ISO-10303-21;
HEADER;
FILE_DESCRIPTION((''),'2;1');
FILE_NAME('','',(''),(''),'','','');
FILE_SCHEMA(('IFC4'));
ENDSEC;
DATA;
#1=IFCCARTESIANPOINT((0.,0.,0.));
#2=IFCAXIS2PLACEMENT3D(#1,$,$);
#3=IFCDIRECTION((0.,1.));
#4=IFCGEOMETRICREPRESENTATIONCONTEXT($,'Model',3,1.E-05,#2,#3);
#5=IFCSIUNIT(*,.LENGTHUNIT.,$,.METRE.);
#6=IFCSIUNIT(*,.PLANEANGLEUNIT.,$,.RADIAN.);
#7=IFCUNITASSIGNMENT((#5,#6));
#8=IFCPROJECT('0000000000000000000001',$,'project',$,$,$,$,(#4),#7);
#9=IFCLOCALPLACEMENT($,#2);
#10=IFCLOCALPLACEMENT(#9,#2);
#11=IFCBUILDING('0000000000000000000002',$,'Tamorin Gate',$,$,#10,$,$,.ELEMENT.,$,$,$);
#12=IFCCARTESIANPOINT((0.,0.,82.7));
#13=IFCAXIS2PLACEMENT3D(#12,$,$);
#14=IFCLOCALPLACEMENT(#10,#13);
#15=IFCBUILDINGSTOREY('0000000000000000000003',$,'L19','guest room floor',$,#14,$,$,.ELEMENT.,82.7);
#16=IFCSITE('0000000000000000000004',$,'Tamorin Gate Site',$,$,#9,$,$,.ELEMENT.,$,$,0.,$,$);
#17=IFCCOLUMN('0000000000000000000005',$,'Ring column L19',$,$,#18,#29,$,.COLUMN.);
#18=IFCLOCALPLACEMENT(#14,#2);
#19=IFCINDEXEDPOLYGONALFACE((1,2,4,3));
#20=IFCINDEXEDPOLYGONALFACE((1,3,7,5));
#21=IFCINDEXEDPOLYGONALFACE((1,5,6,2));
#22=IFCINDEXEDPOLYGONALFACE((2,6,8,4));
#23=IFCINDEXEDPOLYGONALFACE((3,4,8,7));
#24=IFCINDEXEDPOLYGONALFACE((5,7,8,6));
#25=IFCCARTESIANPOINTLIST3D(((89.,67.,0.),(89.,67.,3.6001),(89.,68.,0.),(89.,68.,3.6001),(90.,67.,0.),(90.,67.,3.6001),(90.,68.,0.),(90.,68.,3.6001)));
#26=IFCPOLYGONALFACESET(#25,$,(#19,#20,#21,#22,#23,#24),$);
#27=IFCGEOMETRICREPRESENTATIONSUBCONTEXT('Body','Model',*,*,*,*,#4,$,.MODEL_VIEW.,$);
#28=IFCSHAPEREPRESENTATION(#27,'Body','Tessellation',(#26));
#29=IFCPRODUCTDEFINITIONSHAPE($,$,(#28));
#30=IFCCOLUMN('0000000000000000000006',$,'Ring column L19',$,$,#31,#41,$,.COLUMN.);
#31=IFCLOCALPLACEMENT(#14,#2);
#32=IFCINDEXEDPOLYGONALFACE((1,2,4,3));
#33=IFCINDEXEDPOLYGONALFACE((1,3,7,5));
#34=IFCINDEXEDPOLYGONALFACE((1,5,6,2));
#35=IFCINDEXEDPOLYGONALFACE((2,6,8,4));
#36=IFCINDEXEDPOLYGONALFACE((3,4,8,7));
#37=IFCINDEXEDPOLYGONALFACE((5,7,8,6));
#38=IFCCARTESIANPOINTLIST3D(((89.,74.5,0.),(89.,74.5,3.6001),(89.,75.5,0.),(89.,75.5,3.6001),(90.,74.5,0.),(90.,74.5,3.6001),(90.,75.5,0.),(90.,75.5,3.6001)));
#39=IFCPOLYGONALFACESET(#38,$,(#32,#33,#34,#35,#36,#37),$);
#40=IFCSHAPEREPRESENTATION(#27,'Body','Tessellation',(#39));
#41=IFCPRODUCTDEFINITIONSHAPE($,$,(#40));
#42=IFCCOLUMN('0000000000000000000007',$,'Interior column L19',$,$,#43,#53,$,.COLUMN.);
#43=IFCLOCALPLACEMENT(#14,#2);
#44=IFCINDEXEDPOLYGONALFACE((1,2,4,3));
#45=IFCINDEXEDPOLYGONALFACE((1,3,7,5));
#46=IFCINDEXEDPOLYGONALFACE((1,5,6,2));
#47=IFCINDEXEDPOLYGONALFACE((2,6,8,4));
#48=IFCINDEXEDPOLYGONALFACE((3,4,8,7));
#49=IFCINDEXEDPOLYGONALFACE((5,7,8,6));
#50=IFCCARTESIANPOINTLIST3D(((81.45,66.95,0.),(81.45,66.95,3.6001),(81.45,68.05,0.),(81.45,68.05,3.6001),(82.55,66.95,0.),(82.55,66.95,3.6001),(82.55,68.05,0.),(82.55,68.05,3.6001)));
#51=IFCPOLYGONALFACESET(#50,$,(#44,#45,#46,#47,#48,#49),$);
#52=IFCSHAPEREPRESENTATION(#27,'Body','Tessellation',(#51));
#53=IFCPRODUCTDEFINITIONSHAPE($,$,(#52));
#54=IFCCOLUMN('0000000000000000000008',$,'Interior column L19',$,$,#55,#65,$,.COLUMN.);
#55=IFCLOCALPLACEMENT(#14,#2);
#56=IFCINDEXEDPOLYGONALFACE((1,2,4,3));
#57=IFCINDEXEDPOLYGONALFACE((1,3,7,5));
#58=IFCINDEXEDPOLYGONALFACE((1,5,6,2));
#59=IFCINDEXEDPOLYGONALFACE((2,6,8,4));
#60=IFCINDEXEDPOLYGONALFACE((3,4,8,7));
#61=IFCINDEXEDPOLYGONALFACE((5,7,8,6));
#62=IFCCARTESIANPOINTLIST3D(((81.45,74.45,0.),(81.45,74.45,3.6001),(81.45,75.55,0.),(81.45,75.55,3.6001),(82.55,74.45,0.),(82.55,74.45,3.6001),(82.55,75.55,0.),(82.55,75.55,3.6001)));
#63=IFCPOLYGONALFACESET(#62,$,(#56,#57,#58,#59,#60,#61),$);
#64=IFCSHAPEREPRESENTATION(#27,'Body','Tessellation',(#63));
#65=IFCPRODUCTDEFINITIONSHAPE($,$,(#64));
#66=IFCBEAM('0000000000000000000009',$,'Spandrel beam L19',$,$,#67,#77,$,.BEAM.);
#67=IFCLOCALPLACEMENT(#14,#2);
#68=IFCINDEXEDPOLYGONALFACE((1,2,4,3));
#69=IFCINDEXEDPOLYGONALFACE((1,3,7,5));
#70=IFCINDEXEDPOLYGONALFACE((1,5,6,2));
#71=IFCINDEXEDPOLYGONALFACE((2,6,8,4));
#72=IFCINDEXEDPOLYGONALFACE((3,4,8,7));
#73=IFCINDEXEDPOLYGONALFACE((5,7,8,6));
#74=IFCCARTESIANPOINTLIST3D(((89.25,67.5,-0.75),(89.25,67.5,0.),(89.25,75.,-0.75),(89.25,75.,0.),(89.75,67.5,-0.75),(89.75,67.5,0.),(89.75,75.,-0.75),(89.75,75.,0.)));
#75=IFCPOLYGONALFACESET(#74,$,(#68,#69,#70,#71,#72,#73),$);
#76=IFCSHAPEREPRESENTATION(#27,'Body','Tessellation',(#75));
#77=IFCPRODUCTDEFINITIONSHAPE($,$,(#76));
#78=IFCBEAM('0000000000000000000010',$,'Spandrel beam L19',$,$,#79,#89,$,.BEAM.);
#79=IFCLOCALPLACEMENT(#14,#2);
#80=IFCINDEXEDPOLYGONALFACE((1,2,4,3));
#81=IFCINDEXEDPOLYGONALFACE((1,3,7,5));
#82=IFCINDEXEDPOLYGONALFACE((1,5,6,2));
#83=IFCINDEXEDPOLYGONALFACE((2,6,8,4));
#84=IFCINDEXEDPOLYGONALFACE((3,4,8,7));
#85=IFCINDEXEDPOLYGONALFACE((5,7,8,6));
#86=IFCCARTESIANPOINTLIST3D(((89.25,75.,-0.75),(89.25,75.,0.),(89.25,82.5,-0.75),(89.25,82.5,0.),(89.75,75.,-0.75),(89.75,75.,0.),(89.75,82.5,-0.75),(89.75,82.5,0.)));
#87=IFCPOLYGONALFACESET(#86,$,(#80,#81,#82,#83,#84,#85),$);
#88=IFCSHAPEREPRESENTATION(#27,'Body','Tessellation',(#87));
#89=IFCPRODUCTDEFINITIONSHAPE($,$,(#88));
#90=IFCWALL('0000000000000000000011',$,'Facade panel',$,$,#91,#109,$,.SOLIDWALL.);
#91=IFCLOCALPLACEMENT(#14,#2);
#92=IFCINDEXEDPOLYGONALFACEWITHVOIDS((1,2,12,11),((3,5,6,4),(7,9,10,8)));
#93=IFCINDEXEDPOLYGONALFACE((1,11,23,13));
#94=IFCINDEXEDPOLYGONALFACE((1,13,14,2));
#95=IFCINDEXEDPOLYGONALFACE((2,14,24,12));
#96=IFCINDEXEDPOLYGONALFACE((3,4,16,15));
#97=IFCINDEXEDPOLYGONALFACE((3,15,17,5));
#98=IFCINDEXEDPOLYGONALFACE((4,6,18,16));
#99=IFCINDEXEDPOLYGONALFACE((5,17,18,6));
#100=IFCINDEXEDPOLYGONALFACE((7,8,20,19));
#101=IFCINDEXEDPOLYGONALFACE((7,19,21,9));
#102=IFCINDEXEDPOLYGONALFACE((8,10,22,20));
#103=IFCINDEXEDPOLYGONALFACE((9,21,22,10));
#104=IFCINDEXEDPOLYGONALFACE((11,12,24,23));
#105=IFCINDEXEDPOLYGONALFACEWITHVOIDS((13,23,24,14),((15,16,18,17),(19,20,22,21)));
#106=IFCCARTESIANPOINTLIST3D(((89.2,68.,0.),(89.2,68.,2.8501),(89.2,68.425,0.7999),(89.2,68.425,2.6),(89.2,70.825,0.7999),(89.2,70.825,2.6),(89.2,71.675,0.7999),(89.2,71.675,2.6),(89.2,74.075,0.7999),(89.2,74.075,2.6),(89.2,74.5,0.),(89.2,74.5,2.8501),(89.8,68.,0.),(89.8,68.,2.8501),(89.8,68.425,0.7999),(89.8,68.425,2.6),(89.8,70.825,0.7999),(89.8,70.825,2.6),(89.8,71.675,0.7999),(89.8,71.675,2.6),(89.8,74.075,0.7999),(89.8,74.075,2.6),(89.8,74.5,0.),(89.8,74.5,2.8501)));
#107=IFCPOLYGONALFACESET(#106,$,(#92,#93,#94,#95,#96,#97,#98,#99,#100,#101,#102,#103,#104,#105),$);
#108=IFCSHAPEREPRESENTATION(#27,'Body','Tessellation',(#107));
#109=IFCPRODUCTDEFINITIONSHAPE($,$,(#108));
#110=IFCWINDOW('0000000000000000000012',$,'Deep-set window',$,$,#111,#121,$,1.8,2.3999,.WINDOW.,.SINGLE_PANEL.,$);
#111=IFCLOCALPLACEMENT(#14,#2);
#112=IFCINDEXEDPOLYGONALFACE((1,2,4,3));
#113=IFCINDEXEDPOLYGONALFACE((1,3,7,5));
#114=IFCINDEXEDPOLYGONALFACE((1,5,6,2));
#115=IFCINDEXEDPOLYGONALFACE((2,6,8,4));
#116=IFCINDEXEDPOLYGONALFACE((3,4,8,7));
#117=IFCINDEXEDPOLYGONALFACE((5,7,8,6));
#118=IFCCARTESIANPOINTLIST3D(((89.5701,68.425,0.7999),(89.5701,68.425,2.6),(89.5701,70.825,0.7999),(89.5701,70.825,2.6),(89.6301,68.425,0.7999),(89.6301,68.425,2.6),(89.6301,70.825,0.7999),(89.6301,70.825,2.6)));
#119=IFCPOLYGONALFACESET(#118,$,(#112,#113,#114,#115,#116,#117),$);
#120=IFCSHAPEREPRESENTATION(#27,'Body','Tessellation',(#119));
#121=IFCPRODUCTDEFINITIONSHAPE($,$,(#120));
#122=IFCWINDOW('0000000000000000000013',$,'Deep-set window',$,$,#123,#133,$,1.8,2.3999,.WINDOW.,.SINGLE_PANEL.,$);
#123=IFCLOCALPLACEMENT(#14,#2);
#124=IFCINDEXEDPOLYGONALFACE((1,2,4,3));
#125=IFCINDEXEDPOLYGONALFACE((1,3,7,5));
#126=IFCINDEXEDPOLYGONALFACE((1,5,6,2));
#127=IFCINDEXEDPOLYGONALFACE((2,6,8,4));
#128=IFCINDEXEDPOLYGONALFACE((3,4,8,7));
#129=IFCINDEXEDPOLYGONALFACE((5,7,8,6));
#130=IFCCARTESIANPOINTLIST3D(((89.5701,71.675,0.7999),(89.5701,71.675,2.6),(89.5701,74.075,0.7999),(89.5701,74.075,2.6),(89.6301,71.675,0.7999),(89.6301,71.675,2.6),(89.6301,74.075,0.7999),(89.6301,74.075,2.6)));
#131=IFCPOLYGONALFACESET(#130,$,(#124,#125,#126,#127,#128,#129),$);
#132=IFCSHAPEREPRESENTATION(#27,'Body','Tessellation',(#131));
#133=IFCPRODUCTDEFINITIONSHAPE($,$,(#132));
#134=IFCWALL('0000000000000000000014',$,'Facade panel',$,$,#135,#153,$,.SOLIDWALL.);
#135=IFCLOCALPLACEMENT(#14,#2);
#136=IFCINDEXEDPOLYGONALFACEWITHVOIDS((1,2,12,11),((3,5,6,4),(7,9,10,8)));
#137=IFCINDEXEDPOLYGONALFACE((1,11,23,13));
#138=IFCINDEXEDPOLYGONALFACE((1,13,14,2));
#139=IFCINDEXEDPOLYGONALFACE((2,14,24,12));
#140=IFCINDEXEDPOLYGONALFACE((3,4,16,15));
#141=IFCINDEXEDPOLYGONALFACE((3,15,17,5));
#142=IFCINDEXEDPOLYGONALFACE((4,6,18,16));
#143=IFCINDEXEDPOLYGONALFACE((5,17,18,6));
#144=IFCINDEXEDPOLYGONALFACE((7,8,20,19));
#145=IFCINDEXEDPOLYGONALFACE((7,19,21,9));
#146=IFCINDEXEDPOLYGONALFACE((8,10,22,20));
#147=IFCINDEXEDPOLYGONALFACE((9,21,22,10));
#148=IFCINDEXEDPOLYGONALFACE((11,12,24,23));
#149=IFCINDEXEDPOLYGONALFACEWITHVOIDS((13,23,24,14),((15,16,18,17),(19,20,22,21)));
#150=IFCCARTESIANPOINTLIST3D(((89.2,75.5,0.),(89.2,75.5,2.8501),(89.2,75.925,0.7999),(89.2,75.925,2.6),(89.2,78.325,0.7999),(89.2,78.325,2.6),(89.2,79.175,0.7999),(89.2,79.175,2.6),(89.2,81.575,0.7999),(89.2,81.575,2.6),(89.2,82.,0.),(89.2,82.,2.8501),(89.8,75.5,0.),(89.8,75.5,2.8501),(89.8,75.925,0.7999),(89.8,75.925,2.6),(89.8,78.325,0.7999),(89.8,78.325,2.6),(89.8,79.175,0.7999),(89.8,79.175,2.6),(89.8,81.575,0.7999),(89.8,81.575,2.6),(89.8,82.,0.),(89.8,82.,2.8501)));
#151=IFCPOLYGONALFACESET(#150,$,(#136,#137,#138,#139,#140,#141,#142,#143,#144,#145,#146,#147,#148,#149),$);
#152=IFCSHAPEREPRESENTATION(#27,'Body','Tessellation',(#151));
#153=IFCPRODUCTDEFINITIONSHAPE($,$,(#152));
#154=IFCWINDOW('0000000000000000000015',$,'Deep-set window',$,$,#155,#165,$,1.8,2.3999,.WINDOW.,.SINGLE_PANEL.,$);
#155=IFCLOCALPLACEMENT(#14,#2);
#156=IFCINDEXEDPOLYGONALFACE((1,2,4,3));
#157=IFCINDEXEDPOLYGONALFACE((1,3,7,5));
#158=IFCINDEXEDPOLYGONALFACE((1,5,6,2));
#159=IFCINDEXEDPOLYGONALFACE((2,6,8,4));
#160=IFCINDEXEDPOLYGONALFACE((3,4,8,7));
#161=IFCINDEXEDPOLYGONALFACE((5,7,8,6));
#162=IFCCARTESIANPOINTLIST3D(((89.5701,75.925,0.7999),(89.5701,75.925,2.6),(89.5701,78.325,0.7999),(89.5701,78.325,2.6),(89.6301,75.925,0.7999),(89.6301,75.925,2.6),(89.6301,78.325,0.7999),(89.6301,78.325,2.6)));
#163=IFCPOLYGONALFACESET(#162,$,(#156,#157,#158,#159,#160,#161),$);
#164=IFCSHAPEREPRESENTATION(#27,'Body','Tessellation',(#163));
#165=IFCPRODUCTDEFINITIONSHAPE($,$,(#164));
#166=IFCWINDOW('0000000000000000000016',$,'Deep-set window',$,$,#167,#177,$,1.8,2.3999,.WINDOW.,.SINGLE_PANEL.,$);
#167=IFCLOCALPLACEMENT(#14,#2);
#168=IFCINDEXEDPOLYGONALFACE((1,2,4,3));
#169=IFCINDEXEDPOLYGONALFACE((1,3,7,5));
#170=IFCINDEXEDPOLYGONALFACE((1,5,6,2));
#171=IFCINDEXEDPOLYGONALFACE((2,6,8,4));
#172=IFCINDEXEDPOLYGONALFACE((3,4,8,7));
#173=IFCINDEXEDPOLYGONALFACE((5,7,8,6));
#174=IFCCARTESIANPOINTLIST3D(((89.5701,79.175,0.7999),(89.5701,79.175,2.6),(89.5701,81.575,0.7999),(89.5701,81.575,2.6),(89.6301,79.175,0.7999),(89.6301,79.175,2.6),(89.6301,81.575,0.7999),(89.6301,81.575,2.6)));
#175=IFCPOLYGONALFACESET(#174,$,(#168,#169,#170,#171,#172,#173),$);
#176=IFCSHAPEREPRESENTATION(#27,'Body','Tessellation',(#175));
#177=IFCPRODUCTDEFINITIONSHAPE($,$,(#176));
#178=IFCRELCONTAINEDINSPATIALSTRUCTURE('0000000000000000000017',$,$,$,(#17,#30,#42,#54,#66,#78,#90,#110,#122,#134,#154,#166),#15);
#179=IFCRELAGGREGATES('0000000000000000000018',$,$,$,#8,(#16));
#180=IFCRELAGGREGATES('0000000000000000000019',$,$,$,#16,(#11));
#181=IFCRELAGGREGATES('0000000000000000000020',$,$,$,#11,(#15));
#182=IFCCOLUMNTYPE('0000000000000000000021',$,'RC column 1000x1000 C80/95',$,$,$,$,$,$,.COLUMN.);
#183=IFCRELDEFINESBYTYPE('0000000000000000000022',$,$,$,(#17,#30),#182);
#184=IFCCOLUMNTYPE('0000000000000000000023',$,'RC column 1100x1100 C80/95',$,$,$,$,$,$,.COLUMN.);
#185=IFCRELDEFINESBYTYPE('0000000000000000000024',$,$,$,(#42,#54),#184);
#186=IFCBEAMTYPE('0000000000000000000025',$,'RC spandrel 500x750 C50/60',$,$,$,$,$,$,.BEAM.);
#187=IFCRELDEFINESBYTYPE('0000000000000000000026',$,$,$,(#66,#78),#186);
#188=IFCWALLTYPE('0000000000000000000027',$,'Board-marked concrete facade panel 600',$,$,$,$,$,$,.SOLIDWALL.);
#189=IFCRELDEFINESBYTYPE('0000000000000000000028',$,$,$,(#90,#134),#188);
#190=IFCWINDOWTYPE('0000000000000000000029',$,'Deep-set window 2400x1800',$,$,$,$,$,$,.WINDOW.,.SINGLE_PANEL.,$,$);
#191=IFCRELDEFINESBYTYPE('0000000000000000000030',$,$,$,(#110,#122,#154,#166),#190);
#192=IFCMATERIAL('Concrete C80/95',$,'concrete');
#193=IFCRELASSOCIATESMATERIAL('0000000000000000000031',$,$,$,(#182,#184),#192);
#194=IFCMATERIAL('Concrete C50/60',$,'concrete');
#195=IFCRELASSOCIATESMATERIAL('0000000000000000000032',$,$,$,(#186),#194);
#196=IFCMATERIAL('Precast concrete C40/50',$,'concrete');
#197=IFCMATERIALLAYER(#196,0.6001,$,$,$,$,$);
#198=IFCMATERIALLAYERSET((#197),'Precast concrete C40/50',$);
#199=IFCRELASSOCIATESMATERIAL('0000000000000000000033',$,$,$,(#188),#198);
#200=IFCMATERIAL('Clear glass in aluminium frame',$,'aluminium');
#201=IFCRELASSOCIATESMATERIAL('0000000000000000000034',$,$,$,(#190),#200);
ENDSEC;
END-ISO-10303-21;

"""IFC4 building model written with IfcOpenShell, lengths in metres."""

from ifc_helpers import new_model, si_unit, direction, frame, frame_2d, origin, origin_2d, place, context, subcontext, project, spatial, rectangle, extrude, material, layer, layer_set, material_profile, profile_set, type_object, element, fill, save


model = new_model("IFC4")

# Units and contexts
model_context = context("Model", 3, precision=1e-05, world=origin(), true_north=direction((0.0, 1.0)))
body_context = subcontext(model_context, "Body", "Model", "MODEL_VIEW")
ifc_project = project(units=[si_unit("LENGTHUNIT", "METRE"), si_unit("PLANEANGLEUNIT", "RADIAN")], contexts=[model_context])

# Site, building, storey
site_placement = place(None, origin())
site = spatial("IfcSite", under=ifc_project, at=site_placement, Name="Tamorin Gate Site", CompositionType="ELEMENT", RefElevation=0.0)
building_placement = place(site_placement, origin())
building = spatial("IfcBuilding", under=site, at=building_placement, Name="Tamorin Gate", CompositionType="ELEMENT")
storey_placement = place(building_placement, frame((0.0, 0.0, 82.7)))
storey = spatial("IfcBuildingStorey", under=building, at=storey_placement, Name="L19", Description="guest room floor", CompositionType="ELEMENT", Elevation=82.7)

# Columns
ifc_material_1 = material(Name="Concrete C80/95", Category="concrete")
ifc_material_profile_1 = material_profile(ifc_material_1, rectangle(XDim=1.0, YDim=1.0, at=origin_2d()), Name="RC 1000x1000")
ifc_profile_set_1 = profile_set([ifc_material_profile_1], Name="Concrete C80/95")
column_type_1 = type_object("IfcColumnType", Name="RC column 1000x1000 C80/95", PredefinedType="COLUMN", material=ifc_profile_set_1)
for number, where, z_axis, x_axis, name in (
    (1, (89.5, 67.5, 0.0), (0.0, 0.0, 1.0), (1.0, 0.0, 0.0), "Ring column L19"),
    (2, (89.5, 75.0, 0.0), (0.0, 0.0, 1.0), (1.0, 0.0, 0.0), "Ring column L19"),
):
    element("IfcColumn", number, at=place(storey_placement, frame(where, z_axis=z_axis, x_axis=x_axis)), inside=storey, type_object=column_type_1, Name=name, PredefinedType="COLUMN", context=body_context, shape_type="SweptSolid", body=[
        extrude(rectangle(XDim=1.0, YDim=1.0, at=origin_2d()), origin(), (0.0, 0.0, 1.0), 3.6001),
    ])
ifc_material_profile_2 = material_profile(ifc_material_1, rectangle(XDim=1.1001, YDim=1.1001, at=origin_2d()), Name="RC 1100x1100")
ifc_profile_set_2 = profile_set([ifc_material_profile_2], Name="Concrete C80/95")
column_type_2 = type_object("IfcColumnType", Name="RC column 1100x1100 C80/95", PredefinedType="COLUMN", material=ifc_profile_set_2)
for number, where, z_axis, x_axis, name in (
    (3, (82.0, 67.5, 0.0), (0.0, 0.0, 1.0), (1.0, 0.0, 0.0), "Interior column L19"),
    (4, (82.0, 75.0, 0.0), (0.0, 0.0, 1.0), (1.0, 0.0, 0.0), "Interior column L19"),
):
    element("IfcColumn", number, at=place(storey_placement, frame(where, z_axis=z_axis, x_axis=x_axis)), inside=storey, type_object=column_type_2, Name=name, PredefinedType="COLUMN", context=body_context, shape_type="SweptSolid", body=[
        extrude(rectangle(XDim=1.1001, YDim=1.1001, at=origin_2d()), origin(), (0.0, 0.0, 1.0), 3.6001),
    ])

# Beams
ifc_material_2 = material(Name="Concrete C50/60", Category="concrete")
ifc_material_profile_3 = material_profile(ifc_material_2, rectangle(XDim=0.5, YDim=0.75, at=origin_2d()), Name="RC 500x750")
ifc_profile_set_3 = profile_set([ifc_material_profile_3], Name="Concrete C50/60")
beam_type = type_object("IfcBeamType", Name="RC spandrel 500x750 C50/60", PredefinedType="BEAM", material=ifc_profile_set_3)
for number, where, z_axis, x_axis, name in (
    (5, (89.5, 67.5, -0.375), (0.0, 1.0, 0.0), (-1.0, 0.0, 0.0), "Spandrel beam L19"),
    (6, (89.5, 75.0, -0.375), (0.0, 1.0, 0.0), (-1.0, 0.0, 0.0), "Spandrel beam L19"),
):
    element("IfcBeam", number, at=place(storey_placement, frame(where, z_axis=z_axis, x_axis=x_axis)), inside=storey, type_object=beam_type, Name=name, PredefinedType="BEAM", context=body_context, shape_type="SweptSolid", body=[
        extrude(rectangle(XDim=0.5, YDim=0.75, at=origin_2d()), origin(), (0.0, 0.0, 1.0), 7.5),
    ])

# Walls, openings, windows
ifc_material_3 = material(Name="Precast concrete C40/50", Category="concrete")
ifc_layer_1 = layer(ifc_material_3, 0.6001)
ifc_layer_set_1 = layer_set([ifc_layer_1], Name="Precast concrete C40/50")
wall_type_1 = type_object("IfcWallType", Name="Board-marked concrete facade panel 600", PredefinedType="SOLIDWALL", material=ifc_layer_set_1)
wall_1_placement = place(storey_placement, frame((89.5, 68.0, 0.0), z_axis=(0.0, 0.0, 1.0), x_axis=(0.0, 1.0, 0.0)))
wall_1 = element("IfcWall", 7, at=wall_1_placement, inside=storey, type_object=wall_type_1, Name="Facade panel", PredefinedType="SOLIDWALL", context=body_context, shape_type="SweptSolid", body=[
    extrude(rectangle(XDim=6.5, YDim=0.6001, at=frame_2d((3.25, 0.0))), origin(), (0.0, 0.0, 1.0), 2.8501),
])
opening_1_placement = place(wall_1_placement, frame((0.425, 0.0, 0.8)))
opening_1 = element("IfcOpeningElement", 8, at=opening_1_placement, cuts=wall_1, PredefinedType="OPENING", context=body_context, shape_type="SweptSolid", body=[
    extrude(rectangle(XDim=2.3999, YDim=1.8, at=frame_2d((1.2, 0.8999))), frame((0.0, 0.3101, 0.0), z_axis=(0.0, -1.0, 0.0), x_axis=(1.0, 0.0, 0.0)), (0.0, 0.0, 1.0), 0.6201),
])
opening_2_placement = place(wall_1_placement, frame((3.675, 0.0, 0.8)))
opening_2 = element("IfcOpeningElement", 9, at=opening_2_placement, cuts=wall_1, PredefinedType="OPENING", context=body_context, shape_type="SweptSolid", body=[
    extrude(rectangle(XDim=2.3999, YDim=1.8, at=frame_2d((1.2, 0.8999))), frame((0.0, 0.3101, 0.0), z_axis=(0.0, -1.0, 0.0), x_axis=(1.0, 0.0, 0.0)), (0.0, 0.0, 1.0), 0.6201),
])
ifc_material_4 = material(Name="Clear glass in aluminium frame", Category="aluminium")
window_type = type_object("IfcWindowType", Name="Deep-set window 2400x1800", PartitioningType="SINGLE_PANEL", PredefinedType="WINDOW", material=ifc_material_4)
window_1_placement = place(opening_1_placement, origin())
window_1 = element("IfcWindow", 10, at=window_1_placement, inside=storey, type_object=window_type, Name="Deep-set window", OverallHeight=1.8, OverallWidth=2.3999, PartitioningType="SINGLE_PANEL", PredefinedType="WINDOW", context=body_context, shape_type="SweptSolid", body=[
    extrude(rectangle(XDim=2.3999, YDim=1.8, at=frame_2d((1.2, 0.8999))), frame((0.0, -0.0701, 0.0), z_axis=(0.0, -1.0, 0.0), x_axis=(1.0, 0.0, 0.0)), (0.0, 0.0, 1.0), 0.0601),
])
fill(opening_1, window_1)
window_2_placement = place(opening_2_placement, origin())
window_2 = element("IfcWindow", 11, at=window_2_placement, inside=storey, type_object=window_type, Name="Deep-set window", OverallHeight=1.8, OverallWidth=2.3999, PartitioningType="SINGLE_PANEL", PredefinedType="WINDOW", context=body_context, shape_type="SweptSolid", body=[
    extrude(rectangle(XDim=2.3999, YDim=1.8, at=frame_2d((1.2, 0.8999))), frame((0.0, -0.0701, 0.0), z_axis=(0.0, -1.0, 0.0), x_axis=(1.0, 0.0, 0.0)), (0.0, 0.0, 1.0), 0.0601),
])
fill(opening_2, window_2)
wall_2_placement = place(storey_placement, frame((89.5, 75.5, 0.0), z_axis=(0.0, 0.0, 1.0), x_axis=(0.0, 1.0, 0.0)))
wall_2 = element("IfcWall", 12, at=wall_2_placement, inside=storey, type_object=wall_type_1, Name="Facade panel", PredefinedType="SOLIDWALL", context=body_context, shape_type="SweptSolid", body=[
    extrude(rectangle(XDim=6.5, YDim=0.6001, at=frame_2d((3.25, 0.0))), origin(), (0.0, 0.0, 1.0), 2.8501),
])
opening_3_placement = place(wall_2_placement, frame((0.425, 0.0, 0.8)))
opening_3 = element("IfcOpeningElement", 13, at=opening_3_placement, cuts=wall_2, PredefinedType="OPENING", context=body_context, shape_type="SweptSolid", body=[
    extrude(rectangle(XDim=2.3999, YDim=1.8, at=frame_2d((1.2, 0.8999))), frame((0.0, 0.3101, 0.0), z_axis=(0.0, -1.0, 0.0), x_axis=(1.0, 0.0, 0.0)), (0.0, 0.0, 1.0), 0.6201),
])
opening_4_placement = place(wall_2_placement, frame((3.675, 0.0, 0.8)))
opening_4 = element("IfcOpeningElement", 14, at=opening_4_placement, cuts=wall_2, PredefinedType="OPENING", context=body_context, shape_type="SweptSolid", body=[
    extrude(rectangle(XDim=2.3999, YDim=1.8, at=frame_2d((1.2, 0.8999))), frame((0.0, 0.3101, 0.0), z_axis=(0.0, -1.0, 0.0), x_axis=(1.0, 0.0, 0.0)), (0.0, 0.0, 1.0), 0.6201),
])
window_3_placement = place(opening_3_placement, origin())
window_3 = element("IfcWindow", 15, at=window_3_placement, inside=storey, type_object=window_type, Name="Deep-set window", OverallHeight=1.8, OverallWidth=2.3999, PartitioningType="SINGLE_PANEL", PredefinedType="WINDOW", context=body_context, shape_type="SweptSolid", body=[
    extrude(rectangle(XDim=2.3999, YDim=1.8, at=frame_2d((1.2, 0.8999))), frame((0.0, -0.0701, 0.0), z_axis=(0.0, -1.0, 0.0), x_axis=(1.0, 0.0, 0.0)), (0.0, 0.0, 1.0), 0.0601),
])
fill(opening_3, window_3)
window_4_placement = place(opening_4_placement, origin())
window_4 = element("IfcWindow", 16, at=window_4_placement, inside=storey, type_object=window_type, Name="Deep-set window", OverallHeight=1.8, OverallWidth=2.3999, PartitioningType="SINGLE_PANEL", PredefinedType="WINDOW", context=body_context, shape_type="SweptSolid", body=[
    extrude(rectangle(XDim=2.3999, YDim=1.8, at=frame_2d((1.2, 0.8999))), frame((0.0, -0.0701, 0.0), z_axis=(0.0, -1.0, 0.0), x_axis=(1.0, 0.0, 0.0)), (0.0, 0.0, 1.0), 0.0601),
])
fill(opening_4, window_4)

save(model, "model.ifc")
